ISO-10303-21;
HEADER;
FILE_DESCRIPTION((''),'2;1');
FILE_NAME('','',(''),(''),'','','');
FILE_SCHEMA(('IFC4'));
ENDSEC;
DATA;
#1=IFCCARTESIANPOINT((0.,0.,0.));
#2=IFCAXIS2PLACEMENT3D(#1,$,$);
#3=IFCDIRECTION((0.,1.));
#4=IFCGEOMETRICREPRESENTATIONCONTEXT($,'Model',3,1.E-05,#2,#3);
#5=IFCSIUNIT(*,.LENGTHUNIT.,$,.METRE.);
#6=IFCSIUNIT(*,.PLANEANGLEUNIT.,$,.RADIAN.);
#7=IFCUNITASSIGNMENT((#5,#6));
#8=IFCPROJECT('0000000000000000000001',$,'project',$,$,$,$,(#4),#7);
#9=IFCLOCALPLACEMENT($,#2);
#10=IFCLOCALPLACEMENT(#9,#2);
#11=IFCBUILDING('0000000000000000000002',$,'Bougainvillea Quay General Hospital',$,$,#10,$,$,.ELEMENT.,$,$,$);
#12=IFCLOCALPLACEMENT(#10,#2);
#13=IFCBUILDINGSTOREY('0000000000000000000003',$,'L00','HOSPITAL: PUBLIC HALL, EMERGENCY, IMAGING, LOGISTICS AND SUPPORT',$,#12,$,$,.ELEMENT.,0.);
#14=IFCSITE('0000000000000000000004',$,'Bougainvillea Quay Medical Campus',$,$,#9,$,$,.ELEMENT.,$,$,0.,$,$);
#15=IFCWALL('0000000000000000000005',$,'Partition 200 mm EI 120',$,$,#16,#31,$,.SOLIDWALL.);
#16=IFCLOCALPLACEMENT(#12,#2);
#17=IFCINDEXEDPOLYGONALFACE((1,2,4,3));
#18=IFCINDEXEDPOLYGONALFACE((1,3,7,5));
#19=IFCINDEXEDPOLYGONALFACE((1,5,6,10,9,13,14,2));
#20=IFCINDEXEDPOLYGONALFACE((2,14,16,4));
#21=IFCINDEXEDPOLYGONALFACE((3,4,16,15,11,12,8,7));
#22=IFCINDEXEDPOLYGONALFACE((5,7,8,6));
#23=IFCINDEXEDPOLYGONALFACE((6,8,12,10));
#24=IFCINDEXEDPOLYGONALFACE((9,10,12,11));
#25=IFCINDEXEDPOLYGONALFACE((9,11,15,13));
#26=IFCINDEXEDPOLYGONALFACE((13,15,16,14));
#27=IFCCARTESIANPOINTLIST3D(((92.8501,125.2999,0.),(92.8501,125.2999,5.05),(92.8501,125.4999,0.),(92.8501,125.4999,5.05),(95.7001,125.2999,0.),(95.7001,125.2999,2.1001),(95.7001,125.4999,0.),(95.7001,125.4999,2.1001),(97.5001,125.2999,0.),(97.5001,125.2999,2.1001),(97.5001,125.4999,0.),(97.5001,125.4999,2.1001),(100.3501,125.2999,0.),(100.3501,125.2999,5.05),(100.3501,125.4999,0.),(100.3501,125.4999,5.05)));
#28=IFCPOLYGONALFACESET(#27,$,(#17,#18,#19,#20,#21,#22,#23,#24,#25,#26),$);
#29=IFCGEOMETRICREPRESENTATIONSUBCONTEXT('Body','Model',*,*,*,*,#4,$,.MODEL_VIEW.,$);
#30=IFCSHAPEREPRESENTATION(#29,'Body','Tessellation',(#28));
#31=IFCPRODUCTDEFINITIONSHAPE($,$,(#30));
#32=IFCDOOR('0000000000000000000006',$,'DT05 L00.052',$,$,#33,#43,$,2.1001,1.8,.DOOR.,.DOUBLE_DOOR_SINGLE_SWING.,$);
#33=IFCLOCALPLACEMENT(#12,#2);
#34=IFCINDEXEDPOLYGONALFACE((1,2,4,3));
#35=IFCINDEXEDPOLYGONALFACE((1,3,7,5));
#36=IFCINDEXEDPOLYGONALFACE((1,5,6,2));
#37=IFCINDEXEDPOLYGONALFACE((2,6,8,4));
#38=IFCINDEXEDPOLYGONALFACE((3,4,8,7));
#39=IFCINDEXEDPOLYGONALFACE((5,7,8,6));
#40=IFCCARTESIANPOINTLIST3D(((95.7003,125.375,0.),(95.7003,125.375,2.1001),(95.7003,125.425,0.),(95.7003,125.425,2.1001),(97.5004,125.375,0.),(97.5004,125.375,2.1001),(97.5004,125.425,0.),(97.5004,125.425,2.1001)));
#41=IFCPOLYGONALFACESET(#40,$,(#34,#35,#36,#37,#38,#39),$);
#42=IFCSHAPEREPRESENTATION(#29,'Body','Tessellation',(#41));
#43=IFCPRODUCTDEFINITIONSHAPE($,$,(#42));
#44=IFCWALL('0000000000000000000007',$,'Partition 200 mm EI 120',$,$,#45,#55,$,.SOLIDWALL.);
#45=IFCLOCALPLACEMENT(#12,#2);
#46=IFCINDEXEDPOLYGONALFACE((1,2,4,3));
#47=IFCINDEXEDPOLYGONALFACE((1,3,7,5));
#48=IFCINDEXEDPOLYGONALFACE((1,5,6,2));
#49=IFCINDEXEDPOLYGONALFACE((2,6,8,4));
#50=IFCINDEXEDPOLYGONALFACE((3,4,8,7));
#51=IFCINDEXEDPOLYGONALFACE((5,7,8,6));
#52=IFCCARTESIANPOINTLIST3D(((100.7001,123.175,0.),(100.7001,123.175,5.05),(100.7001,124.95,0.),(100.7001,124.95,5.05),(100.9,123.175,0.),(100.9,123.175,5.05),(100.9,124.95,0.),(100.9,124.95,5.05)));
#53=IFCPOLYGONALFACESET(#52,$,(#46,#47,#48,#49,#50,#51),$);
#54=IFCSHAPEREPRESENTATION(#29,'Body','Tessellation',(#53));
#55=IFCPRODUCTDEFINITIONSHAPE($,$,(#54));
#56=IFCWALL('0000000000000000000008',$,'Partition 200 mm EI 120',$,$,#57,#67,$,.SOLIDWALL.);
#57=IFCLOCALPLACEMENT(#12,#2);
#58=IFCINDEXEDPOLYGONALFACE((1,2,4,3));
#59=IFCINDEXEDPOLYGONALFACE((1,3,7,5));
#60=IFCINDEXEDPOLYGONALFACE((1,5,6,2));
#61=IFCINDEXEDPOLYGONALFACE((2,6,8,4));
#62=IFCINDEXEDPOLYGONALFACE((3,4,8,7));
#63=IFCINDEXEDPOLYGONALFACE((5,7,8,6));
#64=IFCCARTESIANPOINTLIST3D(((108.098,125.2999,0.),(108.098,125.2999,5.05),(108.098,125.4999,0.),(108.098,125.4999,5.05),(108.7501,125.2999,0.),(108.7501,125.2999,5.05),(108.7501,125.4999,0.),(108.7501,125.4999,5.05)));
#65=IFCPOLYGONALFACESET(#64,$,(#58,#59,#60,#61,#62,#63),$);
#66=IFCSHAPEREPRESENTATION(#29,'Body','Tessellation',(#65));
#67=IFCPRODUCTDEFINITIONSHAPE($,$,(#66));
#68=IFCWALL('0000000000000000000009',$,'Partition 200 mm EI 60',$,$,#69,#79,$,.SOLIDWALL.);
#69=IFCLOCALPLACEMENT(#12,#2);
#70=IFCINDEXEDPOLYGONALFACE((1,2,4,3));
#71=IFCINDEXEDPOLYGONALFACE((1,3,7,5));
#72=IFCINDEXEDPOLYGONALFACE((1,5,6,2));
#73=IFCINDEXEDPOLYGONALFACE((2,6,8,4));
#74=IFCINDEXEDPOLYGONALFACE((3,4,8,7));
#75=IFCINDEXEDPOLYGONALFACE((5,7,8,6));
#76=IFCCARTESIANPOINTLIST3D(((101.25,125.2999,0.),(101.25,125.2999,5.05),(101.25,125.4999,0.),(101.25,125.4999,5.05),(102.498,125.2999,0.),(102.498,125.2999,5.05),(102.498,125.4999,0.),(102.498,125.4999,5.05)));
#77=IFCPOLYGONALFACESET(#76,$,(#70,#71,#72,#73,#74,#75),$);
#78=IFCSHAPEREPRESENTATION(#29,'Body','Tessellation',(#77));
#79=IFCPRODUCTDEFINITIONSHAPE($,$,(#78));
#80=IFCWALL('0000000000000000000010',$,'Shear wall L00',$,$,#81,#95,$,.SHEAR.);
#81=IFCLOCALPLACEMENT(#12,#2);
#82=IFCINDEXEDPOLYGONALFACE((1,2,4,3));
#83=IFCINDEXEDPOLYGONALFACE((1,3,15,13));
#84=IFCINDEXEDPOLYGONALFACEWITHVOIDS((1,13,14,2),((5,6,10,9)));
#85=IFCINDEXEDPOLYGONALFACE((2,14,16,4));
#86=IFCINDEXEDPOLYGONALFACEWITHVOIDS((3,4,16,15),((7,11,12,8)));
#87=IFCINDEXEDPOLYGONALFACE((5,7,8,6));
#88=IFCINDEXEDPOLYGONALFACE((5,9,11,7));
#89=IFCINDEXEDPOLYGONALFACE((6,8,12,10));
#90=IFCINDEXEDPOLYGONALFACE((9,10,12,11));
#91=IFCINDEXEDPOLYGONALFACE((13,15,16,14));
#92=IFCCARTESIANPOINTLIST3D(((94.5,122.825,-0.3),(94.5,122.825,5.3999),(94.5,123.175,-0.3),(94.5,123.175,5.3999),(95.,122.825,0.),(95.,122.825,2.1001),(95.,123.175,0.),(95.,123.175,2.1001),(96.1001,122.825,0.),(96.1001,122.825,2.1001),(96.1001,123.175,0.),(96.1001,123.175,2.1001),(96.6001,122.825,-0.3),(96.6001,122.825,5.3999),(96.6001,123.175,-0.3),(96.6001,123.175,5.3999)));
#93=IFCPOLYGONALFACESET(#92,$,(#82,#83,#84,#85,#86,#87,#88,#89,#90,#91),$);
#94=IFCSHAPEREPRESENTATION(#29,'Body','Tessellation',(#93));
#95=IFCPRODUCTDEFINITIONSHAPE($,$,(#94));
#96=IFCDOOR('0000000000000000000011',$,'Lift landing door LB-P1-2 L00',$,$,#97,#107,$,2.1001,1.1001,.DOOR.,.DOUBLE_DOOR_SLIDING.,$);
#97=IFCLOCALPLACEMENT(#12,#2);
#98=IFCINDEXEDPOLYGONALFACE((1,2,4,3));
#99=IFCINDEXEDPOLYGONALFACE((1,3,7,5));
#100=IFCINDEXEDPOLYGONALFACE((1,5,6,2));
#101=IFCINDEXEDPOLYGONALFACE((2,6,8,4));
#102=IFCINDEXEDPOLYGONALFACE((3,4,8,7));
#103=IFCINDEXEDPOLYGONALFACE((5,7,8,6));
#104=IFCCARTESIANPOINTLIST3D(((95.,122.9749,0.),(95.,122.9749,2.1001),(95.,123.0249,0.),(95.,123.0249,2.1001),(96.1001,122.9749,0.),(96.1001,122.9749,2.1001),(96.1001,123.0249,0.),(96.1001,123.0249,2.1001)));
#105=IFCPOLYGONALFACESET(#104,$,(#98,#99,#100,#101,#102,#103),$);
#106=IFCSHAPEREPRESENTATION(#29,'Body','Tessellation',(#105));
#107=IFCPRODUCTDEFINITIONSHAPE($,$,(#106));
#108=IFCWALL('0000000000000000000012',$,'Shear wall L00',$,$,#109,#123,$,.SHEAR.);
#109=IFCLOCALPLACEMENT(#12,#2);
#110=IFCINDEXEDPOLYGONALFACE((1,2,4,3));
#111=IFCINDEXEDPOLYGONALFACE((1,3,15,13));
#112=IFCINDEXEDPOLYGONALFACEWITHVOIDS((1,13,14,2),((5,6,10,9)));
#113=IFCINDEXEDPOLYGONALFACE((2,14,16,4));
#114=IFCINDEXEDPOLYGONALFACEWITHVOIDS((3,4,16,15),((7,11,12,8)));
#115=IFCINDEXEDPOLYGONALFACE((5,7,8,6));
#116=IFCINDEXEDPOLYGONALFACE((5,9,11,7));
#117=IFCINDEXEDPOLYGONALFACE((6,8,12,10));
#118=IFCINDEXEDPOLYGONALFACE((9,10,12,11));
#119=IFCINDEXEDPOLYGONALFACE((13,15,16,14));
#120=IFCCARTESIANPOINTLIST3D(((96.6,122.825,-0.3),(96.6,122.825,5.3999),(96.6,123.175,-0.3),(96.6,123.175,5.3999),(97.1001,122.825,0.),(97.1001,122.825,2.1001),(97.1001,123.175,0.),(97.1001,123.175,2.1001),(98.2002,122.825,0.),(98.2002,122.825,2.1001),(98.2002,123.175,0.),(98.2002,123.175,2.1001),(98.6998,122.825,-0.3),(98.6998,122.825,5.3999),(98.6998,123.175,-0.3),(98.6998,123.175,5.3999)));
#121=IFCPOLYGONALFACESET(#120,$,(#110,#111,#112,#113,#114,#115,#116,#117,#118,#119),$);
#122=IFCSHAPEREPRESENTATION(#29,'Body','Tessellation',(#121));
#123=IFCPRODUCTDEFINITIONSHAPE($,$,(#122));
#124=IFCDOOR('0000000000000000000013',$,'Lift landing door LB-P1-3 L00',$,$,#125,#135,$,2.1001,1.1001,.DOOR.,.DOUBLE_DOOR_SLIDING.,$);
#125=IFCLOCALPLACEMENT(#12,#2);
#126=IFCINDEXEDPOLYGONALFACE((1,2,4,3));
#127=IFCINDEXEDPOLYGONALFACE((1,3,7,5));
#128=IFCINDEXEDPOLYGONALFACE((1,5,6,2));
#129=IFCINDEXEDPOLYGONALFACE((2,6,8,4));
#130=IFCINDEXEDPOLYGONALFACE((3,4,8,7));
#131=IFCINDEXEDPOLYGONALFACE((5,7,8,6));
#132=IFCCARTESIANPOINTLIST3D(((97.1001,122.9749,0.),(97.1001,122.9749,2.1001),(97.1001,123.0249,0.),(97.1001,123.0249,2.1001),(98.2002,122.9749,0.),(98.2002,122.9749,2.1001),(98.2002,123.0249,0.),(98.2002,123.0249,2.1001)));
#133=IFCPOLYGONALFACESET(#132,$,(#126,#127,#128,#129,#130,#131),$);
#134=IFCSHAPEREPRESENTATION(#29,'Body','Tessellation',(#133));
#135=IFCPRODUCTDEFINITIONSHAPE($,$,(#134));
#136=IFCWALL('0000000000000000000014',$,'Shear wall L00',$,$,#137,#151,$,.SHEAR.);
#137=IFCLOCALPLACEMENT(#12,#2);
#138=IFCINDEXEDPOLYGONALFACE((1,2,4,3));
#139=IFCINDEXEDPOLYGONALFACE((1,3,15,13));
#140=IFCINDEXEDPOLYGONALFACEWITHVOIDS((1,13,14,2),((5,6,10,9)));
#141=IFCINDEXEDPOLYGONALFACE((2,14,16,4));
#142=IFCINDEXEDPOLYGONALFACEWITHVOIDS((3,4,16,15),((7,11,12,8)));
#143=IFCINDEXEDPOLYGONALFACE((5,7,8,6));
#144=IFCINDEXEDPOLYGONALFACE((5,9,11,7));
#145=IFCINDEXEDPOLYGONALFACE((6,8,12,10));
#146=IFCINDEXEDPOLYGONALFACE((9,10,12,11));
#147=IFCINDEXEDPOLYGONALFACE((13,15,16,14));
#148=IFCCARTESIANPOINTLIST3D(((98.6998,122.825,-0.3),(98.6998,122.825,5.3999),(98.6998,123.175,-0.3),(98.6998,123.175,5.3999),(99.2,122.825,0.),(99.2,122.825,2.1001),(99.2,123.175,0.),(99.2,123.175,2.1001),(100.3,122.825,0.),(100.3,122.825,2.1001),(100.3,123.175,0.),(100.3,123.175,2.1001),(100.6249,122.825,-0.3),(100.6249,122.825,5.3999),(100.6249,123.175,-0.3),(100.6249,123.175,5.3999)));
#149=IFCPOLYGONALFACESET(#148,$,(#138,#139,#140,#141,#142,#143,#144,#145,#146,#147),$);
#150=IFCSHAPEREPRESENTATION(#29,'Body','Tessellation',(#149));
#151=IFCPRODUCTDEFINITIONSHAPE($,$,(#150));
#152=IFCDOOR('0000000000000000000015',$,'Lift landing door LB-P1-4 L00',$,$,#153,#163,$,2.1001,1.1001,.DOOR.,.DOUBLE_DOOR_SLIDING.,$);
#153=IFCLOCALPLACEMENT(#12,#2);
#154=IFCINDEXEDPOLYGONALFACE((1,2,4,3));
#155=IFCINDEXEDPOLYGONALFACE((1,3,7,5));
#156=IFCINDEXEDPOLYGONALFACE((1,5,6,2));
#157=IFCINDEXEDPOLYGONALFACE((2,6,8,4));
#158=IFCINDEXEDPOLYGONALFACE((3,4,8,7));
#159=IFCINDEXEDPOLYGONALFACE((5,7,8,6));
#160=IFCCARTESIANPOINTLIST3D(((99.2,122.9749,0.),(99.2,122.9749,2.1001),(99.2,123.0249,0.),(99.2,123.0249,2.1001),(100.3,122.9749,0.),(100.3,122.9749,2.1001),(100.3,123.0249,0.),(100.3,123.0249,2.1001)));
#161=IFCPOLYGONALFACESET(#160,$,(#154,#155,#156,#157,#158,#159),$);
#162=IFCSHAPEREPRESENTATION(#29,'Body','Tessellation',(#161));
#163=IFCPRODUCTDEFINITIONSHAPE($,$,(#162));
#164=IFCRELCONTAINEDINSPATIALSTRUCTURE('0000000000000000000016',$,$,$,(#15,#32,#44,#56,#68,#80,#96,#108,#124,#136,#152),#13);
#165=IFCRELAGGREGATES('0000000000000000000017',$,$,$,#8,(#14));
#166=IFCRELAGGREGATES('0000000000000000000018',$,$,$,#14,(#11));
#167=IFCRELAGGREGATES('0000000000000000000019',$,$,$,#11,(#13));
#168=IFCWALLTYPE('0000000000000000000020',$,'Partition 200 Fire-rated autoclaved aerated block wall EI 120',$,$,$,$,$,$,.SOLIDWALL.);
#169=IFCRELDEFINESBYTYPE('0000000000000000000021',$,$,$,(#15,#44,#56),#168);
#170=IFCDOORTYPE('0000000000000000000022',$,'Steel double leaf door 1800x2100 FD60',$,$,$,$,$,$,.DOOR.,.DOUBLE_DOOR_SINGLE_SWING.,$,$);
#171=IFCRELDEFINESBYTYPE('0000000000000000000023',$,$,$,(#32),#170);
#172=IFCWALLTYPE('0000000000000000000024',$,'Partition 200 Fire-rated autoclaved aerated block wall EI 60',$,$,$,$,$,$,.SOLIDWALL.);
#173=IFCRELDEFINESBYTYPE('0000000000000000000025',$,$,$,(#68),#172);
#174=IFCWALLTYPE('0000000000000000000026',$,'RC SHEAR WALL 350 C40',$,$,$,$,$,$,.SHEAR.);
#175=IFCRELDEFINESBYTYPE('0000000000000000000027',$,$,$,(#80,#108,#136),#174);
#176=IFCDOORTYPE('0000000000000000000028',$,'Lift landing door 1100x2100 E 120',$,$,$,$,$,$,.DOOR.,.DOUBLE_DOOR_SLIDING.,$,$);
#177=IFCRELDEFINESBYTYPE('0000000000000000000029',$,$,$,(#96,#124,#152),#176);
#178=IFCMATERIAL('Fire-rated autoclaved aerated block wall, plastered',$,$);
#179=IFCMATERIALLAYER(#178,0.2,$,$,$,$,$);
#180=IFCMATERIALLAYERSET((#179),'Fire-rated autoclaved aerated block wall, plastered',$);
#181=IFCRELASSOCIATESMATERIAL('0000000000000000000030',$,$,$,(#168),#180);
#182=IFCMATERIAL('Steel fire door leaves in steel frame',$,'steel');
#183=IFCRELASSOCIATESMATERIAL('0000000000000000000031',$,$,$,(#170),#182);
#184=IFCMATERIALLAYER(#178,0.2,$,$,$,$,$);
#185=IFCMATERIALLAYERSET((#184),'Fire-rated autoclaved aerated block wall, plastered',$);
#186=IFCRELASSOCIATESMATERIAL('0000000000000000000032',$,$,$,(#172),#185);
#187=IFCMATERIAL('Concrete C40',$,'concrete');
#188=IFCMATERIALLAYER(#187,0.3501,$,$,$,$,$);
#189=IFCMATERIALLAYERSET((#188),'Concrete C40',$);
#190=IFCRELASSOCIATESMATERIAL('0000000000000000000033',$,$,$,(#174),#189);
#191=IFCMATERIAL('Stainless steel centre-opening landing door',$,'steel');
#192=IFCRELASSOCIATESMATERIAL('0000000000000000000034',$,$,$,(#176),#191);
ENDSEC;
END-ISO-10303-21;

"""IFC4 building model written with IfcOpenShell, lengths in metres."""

from ifc_helpers import new_model, si_unit, direction, frame, frame_2d, origin, place, context, subcontext, project, spatial, rectangle, extrude, material, layer, layer_set, type_object, element, fill, save


model = new_model("IFC4")

# Units and contexts
model_context = context("Model", 3, precision=1e-05, world=origin(), true_north=direction((0.0, 1.0)))
body_context = subcontext(model_context, "Body", "Model", "MODEL_VIEW")
ifc_project = project(units=[si_unit("LENGTHUNIT", "METRE"), si_unit("PLANEANGLEUNIT", "RADIAN")], contexts=[model_context])

# Site, building, storey
site_placement = place(None, origin())
site = spatial("IfcSite", under=ifc_project, at=site_placement, Name="Bougainvillea Quay Medical Campus", CompositionType="ELEMENT", RefElevation=0.0)
building_placement = place(site_placement, origin())
building = spatial("IfcBuilding", under=site, at=building_placement, Name="Bougainvillea Quay General Hospital", CompositionType="ELEMENT")
storey_placement = place(building_placement, origin())
storey = spatial("IfcBuildingStorey", under=building, at=storey_placement, Name="L00", Description="HOSPITAL: PUBLIC HALL, EMERGENCY, IMAGING, LOGISTICS AND SUPPORT", CompositionType="ELEMENT", Elevation=0.0)

# Shared definitions
ifc_material_1 = material(Name="Concrete C40", Category="concrete")

# Wall, opening, door
ifc_material_2 = material(Name="Fire-rated autoclaved aerated block wall, plastered")
ifc_layer_1 = layer(ifc_material_2, 0.2)
ifc_layer_set_1 = layer_set([ifc_layer_1], Name="Fire-rated autoclaved aerated block wall, plastered")
wall_type_1 = type_object("IfcWallType", Name="Partition 200 Fire-rated autoclaved aerated block wall EI 120", PredefinedType="SOLIDWALL", material=ifc_layer_set_1)
wall_1_placement = place(storey_placement, frame((92.8501, 125.3999, 0.0), z_axis=(0.0, 0.0, 1.0), x_axis=(1.0, 0.0, 0.0)))
wall_1 = element("IfcWall", 1, at=wall_1_placement, inside=storey, type_object=wall_type_1, Name="Partition 200 mm EI 120", PredefinedType="SOLIDWALL", context=body_context, shape_type="SweptSolid", body=[
    extrude(rectangle(XDim=7.5, YDim=0.2, at=frame_2d((3.75, 0.0))), origin(), (0.0, 0.0, 1.0), 5.05),
])
opening_1_placement = place(wall_1_placement, frame((2.8501, 0.0, 0.0)))
opening_1 = element("IfcOpeningElement", 2, at=opening_1_placement, cuts=wall_1, PredefinedType="OPENING", context=body_context, shape_type="SweptSolid", body=[
    extrude(rectangle(XDim=1.8, YDim=2.1001, at=frame_2d((0.8999, 1.05))), frame((0.0, 0.1099, 0.0), z_axis=(0.0, -1.0, 0.0), x_axis=(1.0, 0.0, 0.0)), (0.0, 0.0, 1.0), 0.22),
])
ifc_material_3 = material(Name="Steel fire door leaves in steel frame", Category="steel")
door_type_1 = type_object("IfcDoorType", Name="Steel double leaf door 1800x2100 FD60", OperationType="DOUBLE_DOOR_SINGLE_SWING", PredefinedType="DOOR", material=ifc_material_3)
door_1_placement = place(opening_1_placement, frame((1.8, 0.0, 0.0), z_axis=(0.0, 0.0, 1.0), x_axis=(-1.0, 0.0, 0.0)))
door_1 = element("IfcDoor", 3, at=door_1_placement, inside=storey, type_object=door_type_1, Name="DT05 L00.052", OperationType="DOUBLE_DOOR_SINGLE_SWING", OverallHeight=2.1001, OverallWidth=1.8, PredefinedType="DOOR", context=body_context, shape_type="SweptSolid", body=[
    extrude(rectangle(XDim=1.8, YDim=2.1001, at=frame_2d((0.8999, 1.05))), frame((0.0, 0.0249, 0.0), z_axis=(0.0, -1.0, 0.0), x_axis=(1.0, 0.0, 0.0)), (0.0, 0.0, 1.0), 0.05),
])
fill(opening_1, door_1)

# Walls
wall_2_placement = place(storey_placement, frame((100.8, 123.175, 0.0), z_axis=(0.0, 0.0, 1.0), x_axis=(0.0, 1.0, 0.0)))
element("IfcWall", 4, at=wall_2_placement, inside=storey, type_object=wall_type_1, Name="Partition 200 mm EI 120", PredefinedType="SOLIDWALL", context=body_context, shape_type="SweptSolid", body=[
    extrude(rectangle(XDim=1.7749, YDim=0.2, at=frame_2d((0.8875, 0.0))), origin(), (0.0, 0.0, 1.0), 5.05),
])
wall_3_placement = place(storey_placement, frame((108.0979, 125.3999, 0.0), z_axis=(0.0, 0.0, 1.0), x_axis=(1.0, 0.0, 0.0)))
element("IfcWall", 5, at=wall_3_placement, inside=storey, type_object=wall_type_1, Name="Partition 200 mm EI 120", PredefinedType="SOLIDWALL", context=body_context, shape_type="SweptSolid", body=[
    extrude(rectangle(XDim=0.6521, YDim=0.2, at=frame_2d((0.3262, 0.0))), origin(), (0.0, 0.0, 1.0), 5.05),
])
ifc_layer_2 = layer(ifc_material_2, 0.2)
ifc_layer_set_2 = layer_set([ifc_layer_2], Name="Fire-rated autoclaved aerated block wall, plastered")
wall_type_2 = type_object("IfcWallType", Name="Partition 200 Fire-rated autoclaved aerated block wall EI 60", PredefinedType="SOLIDWALL", material=ifc_layer_set_2)
wall_4_placement = place(storey_placement, frame((101.25, 125.3999, 0.0), z_axis=(0.0, 0.0, 1.0), x_axis=(1.0, 0.0, 0.0)))
element("IfcWall", 6, at=wall_4_placement, inside=storey, type_object=wall_type_2, Name="Partition 200 mm EI 60", PredefinedType="SOLIDWALL", context=body_context, shape_type="SweptSolid", body=[
    extrude(rectangle(XDim=1.248, YDim=0.2, at=frame_2d((0.624, 0.0))), origin(), (0.0, 0.0, 1.0), 5.05),
])

# Walls, openings, doors
ifc_layer_3 = layer(ifc_material_1, 0.3501)
ifc_layer_set_3 = layer_set([ifc_layer_3], Name="Concrete C40")
wall_type_3 = type_object("IfcWallType", Name="RC SHEAR WALL 350 C40", PredefinedType="SHEAR", material=ifc_layer_set_3)
wall_5_placement = place(storey_placement, frame((94.5, 123.0, -0.3), z_axis=(0.0, 0.0, 1.0), x_axis=(1.0, 0.0, 0.0)))
wall_5 = element("IfcWall", 7, at=wall_5_placement, inside=storey, type_object=wall_type_3, Name="Shear wall L00", PredefinedType="SHEAR", context=body_context, shape_type="SweptSolid", body=[
    extrude(rectangle(XDim=2.1001, YDim=0.3501, at=frame_2d((1.05, 0.0))), origin(), (0.0, 0.0, 1.0), 5.7),
])
opening_2_placement = place(wall_5_placement, frame((0.5, 0.0, 0.3)))
opening_2 = element("IfcOpeningElement", 8, at=opening_2_placement, cuts=wall_5, PredefinedType="OPENING", context=body_context, shape_type="SweptSolid", body=[
    extrude(rectangle(XDim=1.1001, YDim=2.1001, at=frame_2d((0.55, 1.05))), frame((0.0, 0.1851, 0.0), z_axis=(0.0, -1.0, 0.0), x_axis=(1.0, 0.0, 0.0)), (0.0, 0.0, 1.0), 0.3701),
])
ifc_material_4 = material(Name="Stainless steel centre-opening landing door", Category="steel")
door_type_2 = type_object("IfcDoorType", Name="Lift landing door 1100x2100 E 120", OperationType="DOUBLE_DOOR_SLIDING", PredefinedType="DOOR", material=ifc_material_4)
door_2_placement = place(opening_2_placement, origin())
door_2 = element("IfcDoor", 9, at=door_2_placement, inside=storey, type_object=door_type_2, Name="Lift landing door LB-P1-2 L00", OperationType="DOUBLE_DOOR_SLIDING", OverallHeight=2.1001, OverallWidth=1.1001, PredefinedType="DOOR", context=body_context, shape_type="SweptSolid", body=[
    extrude(rectangle(XDim=1.1001, YDim=2.1001, at=frame_2d((0.55, 1.05))), frame((0.0, 0.0249, 0.0), z_axis=(0.0, -1.0, 0.0), x_axis=(1.0, 0.0, 0.0)), (0.0, 0.0, 1.0), 0.05),
])
fill(opening_2, door_2)
wall_6_placement = place(storey_placement, frame((96.6001, 123.0, -0.3), z_axis=(0.0, 0.0, 1.0), x_axis=(1.0, 0.0, 0.0)))
wall_6 = element("IfcWall", 10, at=wall_6_placement, inside=storey, type_object=wall_type_3, Name="Shear wall L00", PredefinedType="SHEAR", context=body_context, shape_type="SweptSolid", body=[
    extrude(rectangle(XDim=2.0999, YDim=0.3501, at=frame_2d((1.0498, 0.0))), origin(), (0.0, 0.0, 1.0), 5.7),
])
opening_3_placement = place(wall_6_placement, frame((0.5, 0.0, 0.3)))
opening_3 = element("IfcOpeningElement", 11, at=opening_3_placement, cuts=wall_6, PredefinedType="OPENING", context=body_context, shape_type="SweptSolid", body=[
    extrude(rectangle(XDim=1.1001, YDim=2.1001, at=frame_2d((0.55, 1.05))), frame((0.0, 0.1851, 0.0), z_axis=(0.0, -1.0, 0.0), x_axis=(1.0, 0.0, 0.0)), (0.0, 0.0, 1.0), 0.3701),
])
door_3_placement = place(opening_3_placement, origin())
door_3 = element("IfcDoor", 12, at=door_3_placement, inside=storey, type_object=door_type_2, Name="Lift landing door LB-P1-3 L00", OperationType="DOUBLE_DOOR_SLIDING", OverallHeight=2.1001, OverallWidth=1.1001, PredefinedType="DOOR", context=body_context, shape_type="SweptSolid", body=[
    extrude(rectangle(XDim=1.1001, YDim=2.1001, at=frame_2d((0.55, 1.05))), frame((0.0, 0.0249, 0.0), z_axis=(0.0, -1.0, 0.0), x_axis=(1.0, 0.0, 0.0)), (0.0, 0.0, 1.0), 0.05),
])
fill(opening_3, door_3)
wall_7_placement = place(storey_placement, frame((98.7, 123.0, -0.3), z_axis=(0.0, 0.0, 1.0), x_axis=(1.0, 0.0, 0.0)))
wall_7 = element("IfcWall", 13, at=wall_7_placement, inside=storey, type_object=wall_type_3, Name="Shear wall L00", PredefinedType="SHEAR", context=body_context, shape_type="SweptSolid", body=[
    extrude(rectangle(XDim=1.925, YDim=0.3501, at=frame_2d((0.9624, 0.0))), origin(), (0.0, 0.0, 1.0), 5.7),
])
opening_4_placement = place(wall_7_placement, frame((0.5, 0.0, 0.3)))
opening_4 = element("IfcOpeningElement", 14, at=opening_4_placement, cuts=wall_7, PredefinedType="OPENING", context=body_context, shape_type="SweptSolid", body=[
    extrude(rectangle(XDim=1.1001, YDim=2.1001, at=frame_2d((0.55, 1.05))), frame((0.0, 0.1851, 0.0), z_axis=(0.0, -1.0, 0.0), x_axis=(1.0, 0.0, 0.0)), (0.0, 0.0, 1.0), 0.3701),
])
door_4_placement = place(opening_4_placement, origin())
door_4 = element("IfcDoor", 15, at=door_4_placement, inside=storey, type_object=door_type_2, Name="Lift landing door LB-P1-4 L00", OperationType="DOUBLE_DOOR_SLIDING", OverallHeight=2.1001, OverallWidth=1.1001, PredefinedType="DOOR", context=body_context, shape_type="SweptSolid", body=[
    extrude(rectangle(XDim=1.1001, YDim=2.1001, at=frame_2d((0.55, 1.05))), frame((0.0, 0.0249, 0.0), z_axis=(0.0, -1.0, 0.0), x_axis=(1.0, 0.0, 0.0)), (0.0, 0.0, 1.0), 0.05),
])
fill(opening_4, door_4)

save(model, "model.ifc")
